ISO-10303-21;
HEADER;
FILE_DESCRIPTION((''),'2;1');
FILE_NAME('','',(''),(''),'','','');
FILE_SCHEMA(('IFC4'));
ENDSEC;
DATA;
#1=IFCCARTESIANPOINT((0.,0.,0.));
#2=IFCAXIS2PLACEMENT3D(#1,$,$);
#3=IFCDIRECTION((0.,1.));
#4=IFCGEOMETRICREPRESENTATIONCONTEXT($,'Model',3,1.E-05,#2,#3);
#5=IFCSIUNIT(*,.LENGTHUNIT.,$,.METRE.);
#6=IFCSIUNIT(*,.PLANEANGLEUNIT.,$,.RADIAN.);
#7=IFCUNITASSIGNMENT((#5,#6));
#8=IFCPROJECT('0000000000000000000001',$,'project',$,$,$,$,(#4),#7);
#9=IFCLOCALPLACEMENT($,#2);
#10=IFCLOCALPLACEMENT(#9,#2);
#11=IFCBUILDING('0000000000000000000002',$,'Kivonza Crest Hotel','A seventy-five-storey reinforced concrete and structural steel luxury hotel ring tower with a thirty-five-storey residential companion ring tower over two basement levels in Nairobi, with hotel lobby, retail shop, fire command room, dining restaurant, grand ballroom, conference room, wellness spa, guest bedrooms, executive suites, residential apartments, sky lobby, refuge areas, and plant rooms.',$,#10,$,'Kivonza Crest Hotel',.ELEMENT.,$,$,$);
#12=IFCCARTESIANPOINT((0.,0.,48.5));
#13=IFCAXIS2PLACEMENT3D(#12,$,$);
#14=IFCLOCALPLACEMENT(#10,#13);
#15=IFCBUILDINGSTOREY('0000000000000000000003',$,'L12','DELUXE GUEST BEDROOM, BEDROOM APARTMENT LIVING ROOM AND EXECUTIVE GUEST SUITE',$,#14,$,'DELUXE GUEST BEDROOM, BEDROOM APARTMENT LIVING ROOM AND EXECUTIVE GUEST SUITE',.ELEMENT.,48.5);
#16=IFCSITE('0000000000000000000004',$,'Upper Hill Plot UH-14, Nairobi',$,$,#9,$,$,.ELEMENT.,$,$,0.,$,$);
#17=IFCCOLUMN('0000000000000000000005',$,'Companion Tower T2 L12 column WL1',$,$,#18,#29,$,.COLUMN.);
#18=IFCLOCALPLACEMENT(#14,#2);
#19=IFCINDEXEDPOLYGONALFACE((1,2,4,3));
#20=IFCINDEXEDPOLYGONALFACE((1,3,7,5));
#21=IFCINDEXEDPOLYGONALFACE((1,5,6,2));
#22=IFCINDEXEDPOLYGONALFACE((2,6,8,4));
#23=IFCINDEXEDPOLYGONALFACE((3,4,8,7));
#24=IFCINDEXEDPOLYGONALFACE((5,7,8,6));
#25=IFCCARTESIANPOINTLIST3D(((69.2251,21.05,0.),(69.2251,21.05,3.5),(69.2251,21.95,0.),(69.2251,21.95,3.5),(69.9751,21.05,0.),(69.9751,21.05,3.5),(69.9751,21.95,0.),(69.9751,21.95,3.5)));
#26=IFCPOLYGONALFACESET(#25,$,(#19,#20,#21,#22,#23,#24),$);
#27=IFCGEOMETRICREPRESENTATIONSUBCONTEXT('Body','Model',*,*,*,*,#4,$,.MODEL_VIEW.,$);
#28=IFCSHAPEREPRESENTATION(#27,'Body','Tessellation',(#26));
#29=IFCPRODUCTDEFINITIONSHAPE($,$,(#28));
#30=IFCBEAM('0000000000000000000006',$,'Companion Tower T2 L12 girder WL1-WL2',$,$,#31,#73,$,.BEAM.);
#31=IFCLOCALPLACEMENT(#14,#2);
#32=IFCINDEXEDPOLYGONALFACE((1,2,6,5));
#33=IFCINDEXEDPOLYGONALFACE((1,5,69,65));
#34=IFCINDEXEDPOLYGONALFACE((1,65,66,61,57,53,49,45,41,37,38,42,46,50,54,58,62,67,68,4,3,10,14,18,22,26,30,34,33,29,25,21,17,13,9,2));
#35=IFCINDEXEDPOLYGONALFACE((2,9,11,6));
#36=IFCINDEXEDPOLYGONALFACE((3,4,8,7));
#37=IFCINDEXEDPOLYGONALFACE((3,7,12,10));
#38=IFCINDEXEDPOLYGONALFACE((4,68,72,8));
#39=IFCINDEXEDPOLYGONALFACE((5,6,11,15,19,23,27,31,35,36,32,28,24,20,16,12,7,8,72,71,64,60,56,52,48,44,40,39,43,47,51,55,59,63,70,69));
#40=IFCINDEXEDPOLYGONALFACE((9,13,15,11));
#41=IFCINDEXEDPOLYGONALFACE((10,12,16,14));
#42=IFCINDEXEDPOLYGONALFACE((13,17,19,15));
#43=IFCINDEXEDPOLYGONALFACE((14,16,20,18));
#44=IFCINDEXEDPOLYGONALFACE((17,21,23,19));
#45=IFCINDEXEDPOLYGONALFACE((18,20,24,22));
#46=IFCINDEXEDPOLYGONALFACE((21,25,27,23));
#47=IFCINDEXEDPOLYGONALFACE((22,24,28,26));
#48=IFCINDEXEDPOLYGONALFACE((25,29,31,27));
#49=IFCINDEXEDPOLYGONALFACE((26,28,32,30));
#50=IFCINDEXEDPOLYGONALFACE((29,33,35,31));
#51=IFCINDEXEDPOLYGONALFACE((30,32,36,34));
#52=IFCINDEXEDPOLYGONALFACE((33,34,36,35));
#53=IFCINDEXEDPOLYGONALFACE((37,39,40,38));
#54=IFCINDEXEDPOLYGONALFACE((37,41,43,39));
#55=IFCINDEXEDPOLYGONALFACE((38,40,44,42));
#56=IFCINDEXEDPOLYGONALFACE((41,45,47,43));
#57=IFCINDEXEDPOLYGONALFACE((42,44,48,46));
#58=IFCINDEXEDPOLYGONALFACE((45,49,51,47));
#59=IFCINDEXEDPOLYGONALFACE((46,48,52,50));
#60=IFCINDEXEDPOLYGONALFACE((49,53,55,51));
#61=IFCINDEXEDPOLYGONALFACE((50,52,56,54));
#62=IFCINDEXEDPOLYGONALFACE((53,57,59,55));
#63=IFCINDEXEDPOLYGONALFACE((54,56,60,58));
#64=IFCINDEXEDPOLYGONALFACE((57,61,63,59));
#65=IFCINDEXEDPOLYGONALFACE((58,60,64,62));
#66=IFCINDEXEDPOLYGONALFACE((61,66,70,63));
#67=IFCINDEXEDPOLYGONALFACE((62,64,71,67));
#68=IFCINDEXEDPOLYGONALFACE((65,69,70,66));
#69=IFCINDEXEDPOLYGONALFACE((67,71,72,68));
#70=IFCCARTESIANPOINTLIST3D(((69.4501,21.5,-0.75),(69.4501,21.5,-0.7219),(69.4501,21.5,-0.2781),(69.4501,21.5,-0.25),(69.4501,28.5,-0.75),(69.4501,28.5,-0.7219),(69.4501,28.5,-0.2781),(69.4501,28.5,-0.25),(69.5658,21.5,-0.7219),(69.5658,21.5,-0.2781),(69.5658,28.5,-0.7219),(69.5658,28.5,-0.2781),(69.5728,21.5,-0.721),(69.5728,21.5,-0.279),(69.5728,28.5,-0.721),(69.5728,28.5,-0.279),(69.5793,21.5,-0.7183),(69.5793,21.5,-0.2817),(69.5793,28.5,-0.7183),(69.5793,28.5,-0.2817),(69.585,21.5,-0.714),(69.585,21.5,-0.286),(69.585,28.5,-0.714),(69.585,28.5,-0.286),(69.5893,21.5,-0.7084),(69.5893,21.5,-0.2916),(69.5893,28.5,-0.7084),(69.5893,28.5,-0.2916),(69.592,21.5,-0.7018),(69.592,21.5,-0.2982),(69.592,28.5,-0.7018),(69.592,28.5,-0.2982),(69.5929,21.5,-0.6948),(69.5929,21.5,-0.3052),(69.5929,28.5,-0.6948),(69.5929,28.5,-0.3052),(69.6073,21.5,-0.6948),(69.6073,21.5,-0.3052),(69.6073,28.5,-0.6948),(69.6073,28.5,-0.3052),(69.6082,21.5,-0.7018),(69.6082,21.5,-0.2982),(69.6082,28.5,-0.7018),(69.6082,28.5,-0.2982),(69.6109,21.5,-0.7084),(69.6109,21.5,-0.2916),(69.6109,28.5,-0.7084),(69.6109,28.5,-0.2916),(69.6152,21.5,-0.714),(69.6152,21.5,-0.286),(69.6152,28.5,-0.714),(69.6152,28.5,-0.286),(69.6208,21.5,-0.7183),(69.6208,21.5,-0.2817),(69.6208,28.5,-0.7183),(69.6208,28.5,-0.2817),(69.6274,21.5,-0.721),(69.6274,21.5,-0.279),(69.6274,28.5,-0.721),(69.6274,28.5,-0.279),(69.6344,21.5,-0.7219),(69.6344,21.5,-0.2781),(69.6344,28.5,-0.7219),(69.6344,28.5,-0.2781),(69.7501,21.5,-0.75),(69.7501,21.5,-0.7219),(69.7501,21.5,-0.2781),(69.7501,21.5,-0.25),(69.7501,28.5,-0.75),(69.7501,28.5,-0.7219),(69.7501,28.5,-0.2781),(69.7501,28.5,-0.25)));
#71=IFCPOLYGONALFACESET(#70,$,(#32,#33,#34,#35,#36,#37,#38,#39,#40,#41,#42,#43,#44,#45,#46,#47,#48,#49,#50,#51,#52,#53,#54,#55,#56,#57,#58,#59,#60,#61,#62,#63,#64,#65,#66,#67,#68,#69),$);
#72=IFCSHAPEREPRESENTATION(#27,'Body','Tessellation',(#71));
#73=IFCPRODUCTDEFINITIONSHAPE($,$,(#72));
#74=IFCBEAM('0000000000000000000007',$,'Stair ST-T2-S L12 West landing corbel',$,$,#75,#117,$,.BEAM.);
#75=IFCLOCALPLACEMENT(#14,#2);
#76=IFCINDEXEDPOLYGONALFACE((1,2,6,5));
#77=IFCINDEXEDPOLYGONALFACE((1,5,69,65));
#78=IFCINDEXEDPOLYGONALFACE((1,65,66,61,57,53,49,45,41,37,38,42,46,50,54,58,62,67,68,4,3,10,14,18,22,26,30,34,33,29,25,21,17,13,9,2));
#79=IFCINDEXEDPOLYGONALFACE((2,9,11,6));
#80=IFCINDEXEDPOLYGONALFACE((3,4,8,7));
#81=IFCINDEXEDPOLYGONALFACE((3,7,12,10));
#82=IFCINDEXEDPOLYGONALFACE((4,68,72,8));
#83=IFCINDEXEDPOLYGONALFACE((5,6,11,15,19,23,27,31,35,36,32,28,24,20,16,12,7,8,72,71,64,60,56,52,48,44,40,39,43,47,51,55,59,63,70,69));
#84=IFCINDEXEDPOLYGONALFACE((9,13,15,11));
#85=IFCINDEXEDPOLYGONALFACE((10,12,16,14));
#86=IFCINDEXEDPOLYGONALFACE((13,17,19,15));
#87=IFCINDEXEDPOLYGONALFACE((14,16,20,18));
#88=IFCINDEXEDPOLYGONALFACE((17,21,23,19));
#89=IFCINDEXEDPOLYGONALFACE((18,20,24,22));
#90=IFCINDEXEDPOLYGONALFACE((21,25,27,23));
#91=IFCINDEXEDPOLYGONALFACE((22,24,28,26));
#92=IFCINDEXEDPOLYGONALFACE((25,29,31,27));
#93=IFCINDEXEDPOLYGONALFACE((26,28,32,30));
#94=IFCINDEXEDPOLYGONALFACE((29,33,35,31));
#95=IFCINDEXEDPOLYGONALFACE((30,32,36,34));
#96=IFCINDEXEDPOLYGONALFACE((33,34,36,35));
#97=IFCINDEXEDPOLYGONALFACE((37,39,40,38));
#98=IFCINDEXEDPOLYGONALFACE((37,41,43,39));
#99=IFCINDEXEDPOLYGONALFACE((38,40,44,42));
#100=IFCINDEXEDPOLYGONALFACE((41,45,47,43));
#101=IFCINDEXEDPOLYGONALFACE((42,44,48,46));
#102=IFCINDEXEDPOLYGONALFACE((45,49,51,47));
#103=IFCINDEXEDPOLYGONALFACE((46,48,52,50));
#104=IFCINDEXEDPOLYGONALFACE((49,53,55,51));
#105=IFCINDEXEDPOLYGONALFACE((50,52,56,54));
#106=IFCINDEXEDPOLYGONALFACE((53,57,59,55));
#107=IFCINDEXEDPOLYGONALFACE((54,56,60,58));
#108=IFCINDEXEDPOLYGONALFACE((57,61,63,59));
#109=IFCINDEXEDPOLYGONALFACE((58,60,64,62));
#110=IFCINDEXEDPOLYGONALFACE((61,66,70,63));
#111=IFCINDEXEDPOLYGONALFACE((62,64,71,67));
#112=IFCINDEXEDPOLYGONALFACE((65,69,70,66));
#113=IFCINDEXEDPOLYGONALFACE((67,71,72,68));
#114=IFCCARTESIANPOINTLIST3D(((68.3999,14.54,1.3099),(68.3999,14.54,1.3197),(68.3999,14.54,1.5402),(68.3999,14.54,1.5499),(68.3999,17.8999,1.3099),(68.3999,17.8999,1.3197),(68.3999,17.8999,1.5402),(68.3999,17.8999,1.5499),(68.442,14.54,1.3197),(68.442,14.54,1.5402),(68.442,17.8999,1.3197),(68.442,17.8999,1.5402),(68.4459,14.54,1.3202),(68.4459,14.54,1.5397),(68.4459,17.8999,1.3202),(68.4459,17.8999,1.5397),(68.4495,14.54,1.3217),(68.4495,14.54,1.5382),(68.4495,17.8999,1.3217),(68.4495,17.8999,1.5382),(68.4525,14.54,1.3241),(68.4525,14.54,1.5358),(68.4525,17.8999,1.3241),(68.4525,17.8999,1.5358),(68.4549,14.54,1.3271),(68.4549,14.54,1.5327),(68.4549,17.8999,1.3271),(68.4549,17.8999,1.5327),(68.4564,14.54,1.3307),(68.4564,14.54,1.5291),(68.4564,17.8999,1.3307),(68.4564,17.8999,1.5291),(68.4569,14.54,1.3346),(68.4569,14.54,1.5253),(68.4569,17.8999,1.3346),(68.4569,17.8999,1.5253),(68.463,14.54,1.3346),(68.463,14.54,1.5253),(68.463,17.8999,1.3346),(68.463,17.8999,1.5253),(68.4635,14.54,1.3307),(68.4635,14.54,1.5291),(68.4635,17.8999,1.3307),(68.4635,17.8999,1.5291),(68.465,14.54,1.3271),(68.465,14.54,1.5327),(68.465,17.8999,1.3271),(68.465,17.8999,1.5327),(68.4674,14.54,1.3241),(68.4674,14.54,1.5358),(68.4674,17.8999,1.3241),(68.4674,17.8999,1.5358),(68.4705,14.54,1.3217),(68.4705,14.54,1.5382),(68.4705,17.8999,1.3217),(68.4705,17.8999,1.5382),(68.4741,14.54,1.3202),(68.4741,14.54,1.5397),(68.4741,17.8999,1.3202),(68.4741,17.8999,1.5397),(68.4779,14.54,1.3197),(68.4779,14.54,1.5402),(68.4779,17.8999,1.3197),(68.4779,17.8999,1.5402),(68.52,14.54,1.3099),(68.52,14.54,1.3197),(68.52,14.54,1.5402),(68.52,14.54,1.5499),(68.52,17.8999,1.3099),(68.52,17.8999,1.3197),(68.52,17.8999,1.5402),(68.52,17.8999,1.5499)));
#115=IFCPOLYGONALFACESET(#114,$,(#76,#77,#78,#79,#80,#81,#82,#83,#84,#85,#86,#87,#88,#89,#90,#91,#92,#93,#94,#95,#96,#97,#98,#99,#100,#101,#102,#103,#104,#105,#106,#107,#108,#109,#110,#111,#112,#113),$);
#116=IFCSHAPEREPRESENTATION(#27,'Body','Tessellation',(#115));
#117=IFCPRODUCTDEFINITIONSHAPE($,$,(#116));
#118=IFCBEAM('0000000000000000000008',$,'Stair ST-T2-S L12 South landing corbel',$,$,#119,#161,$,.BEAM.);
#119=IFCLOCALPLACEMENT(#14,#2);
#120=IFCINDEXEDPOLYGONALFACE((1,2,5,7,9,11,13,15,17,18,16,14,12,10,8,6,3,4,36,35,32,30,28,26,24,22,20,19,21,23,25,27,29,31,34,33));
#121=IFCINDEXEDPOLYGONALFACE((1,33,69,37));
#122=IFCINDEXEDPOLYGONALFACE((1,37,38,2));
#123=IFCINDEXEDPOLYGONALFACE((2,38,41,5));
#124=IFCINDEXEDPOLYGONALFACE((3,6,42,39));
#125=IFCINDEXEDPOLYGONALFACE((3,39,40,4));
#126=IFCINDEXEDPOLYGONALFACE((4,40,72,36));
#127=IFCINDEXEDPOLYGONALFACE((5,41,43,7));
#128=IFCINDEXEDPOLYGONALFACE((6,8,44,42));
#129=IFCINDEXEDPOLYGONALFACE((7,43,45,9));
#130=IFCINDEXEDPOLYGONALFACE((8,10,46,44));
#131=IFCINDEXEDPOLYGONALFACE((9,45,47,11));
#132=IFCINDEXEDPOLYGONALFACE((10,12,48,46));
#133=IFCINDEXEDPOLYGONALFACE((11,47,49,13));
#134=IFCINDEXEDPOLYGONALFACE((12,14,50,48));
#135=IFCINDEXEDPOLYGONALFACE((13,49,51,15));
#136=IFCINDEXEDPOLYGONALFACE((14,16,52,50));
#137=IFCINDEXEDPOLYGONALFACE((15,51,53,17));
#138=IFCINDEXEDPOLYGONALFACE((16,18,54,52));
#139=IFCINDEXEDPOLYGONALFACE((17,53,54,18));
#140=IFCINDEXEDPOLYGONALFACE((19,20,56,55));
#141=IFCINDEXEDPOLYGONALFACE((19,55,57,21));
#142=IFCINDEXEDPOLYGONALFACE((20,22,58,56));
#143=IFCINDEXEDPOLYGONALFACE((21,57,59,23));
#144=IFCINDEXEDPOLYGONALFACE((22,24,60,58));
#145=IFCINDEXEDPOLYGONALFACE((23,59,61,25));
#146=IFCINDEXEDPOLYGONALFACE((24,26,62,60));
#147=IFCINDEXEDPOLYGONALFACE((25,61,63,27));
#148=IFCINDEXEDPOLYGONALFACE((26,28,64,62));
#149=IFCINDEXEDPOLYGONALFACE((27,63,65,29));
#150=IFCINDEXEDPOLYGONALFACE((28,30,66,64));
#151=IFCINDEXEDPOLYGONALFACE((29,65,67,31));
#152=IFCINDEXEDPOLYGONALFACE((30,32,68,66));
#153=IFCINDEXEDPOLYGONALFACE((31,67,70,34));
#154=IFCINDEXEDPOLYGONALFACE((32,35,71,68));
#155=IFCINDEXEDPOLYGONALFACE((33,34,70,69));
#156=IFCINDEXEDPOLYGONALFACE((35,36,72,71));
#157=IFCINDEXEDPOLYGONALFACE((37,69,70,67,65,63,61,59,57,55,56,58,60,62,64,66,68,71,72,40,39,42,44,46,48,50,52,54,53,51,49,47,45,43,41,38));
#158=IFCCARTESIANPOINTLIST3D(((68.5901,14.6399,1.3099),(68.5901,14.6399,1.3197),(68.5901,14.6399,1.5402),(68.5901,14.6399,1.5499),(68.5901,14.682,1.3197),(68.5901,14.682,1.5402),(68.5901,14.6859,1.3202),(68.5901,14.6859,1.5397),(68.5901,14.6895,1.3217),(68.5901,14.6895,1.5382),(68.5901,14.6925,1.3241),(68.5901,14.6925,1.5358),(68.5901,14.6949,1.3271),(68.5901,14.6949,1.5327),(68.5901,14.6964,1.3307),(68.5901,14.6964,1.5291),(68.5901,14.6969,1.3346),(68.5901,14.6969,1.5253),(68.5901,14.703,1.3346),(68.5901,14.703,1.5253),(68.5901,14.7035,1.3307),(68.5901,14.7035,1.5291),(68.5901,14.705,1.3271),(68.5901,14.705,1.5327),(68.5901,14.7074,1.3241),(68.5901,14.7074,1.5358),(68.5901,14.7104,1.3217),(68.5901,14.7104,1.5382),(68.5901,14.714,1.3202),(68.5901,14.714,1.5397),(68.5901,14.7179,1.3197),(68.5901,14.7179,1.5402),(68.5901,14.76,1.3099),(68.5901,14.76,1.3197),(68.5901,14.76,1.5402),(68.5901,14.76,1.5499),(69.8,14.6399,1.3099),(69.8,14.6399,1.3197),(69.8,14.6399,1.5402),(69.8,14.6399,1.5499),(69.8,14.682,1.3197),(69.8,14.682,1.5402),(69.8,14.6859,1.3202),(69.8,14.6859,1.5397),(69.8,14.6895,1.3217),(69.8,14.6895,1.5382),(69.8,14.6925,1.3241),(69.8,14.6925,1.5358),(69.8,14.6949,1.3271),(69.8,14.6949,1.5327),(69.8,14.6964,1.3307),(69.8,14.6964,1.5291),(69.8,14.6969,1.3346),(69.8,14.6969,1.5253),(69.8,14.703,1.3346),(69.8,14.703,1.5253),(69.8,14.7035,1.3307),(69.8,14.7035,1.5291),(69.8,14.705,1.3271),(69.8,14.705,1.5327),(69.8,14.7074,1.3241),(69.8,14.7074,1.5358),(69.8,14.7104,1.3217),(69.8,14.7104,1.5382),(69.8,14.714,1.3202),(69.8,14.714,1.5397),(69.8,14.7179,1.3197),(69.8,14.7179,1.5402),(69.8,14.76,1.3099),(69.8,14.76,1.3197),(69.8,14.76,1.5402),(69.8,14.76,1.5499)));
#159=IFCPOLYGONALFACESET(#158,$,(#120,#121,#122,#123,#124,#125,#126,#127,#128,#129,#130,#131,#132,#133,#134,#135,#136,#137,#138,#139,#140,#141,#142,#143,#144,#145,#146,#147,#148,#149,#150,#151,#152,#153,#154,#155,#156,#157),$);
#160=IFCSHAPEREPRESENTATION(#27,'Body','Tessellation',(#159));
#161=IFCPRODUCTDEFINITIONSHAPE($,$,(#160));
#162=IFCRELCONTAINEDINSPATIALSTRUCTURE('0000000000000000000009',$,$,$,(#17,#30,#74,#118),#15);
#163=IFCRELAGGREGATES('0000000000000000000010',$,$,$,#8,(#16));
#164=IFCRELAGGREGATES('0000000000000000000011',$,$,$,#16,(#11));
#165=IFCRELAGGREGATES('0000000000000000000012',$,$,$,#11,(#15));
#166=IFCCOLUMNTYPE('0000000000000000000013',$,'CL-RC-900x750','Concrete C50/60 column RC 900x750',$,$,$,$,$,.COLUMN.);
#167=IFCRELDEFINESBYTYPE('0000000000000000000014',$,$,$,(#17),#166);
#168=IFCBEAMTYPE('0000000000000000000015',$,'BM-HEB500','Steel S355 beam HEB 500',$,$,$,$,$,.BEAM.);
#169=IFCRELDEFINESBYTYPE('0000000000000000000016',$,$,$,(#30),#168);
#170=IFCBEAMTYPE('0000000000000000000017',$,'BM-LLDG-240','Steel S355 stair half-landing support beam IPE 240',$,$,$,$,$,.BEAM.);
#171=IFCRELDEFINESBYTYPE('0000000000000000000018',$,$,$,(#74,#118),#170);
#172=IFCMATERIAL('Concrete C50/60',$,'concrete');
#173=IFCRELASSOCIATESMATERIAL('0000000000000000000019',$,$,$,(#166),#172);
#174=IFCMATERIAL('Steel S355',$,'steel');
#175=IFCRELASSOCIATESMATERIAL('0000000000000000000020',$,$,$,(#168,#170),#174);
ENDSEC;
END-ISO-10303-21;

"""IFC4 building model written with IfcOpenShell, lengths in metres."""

from ifc_helpers import new_model, si_unit, direction, frame, origin, origin_2d, place, context, subcontext, project, spatial, rectangle, i_section, extrude, material, material_profile, profile_set, type_object, element, save


model = new_model("IFC4")

# Units and contexts
model_context = context("Model", 3, precision=1e-05, world=origin(), true_north=direction((0.0, 1.0)))
body_context = subcontext(model_context, "Body", "Model", "MODEL_VIEW")
ifc_project = project(units=[si_unit("LENGTHUNIT", "METRE"), si_unit("PLANEANGLEUNIT", "RADIAN")], contexts=[model_context])

# Site, building, storey
site_placement = place(None, origin())
site = spatial("IfcSite", under=ifc_project, at=site_placement, Name="Upper Hill Plot UH-14, Nairobi", CompositionType="ELEMENT", RefElevation=0.0)
building_placement = place(site_placement, origin())
building = spatial("IfcBuilding", under=site, at=building_placement, Name="Kivonza Crest Hotel", Description="A seventy-five-storey reinforced concrete and structural steel luxury hotel ring tower with a thirty-five-storey residential companion ring tower over two basement levels in Nairobi, with hotel lobby, retail shop, fire command room, dining restaurant, grand ballroom, conference room, wellness spa, guest bedrooms, executive suites, residential apartments, sky lobby, refuge areas, and plant rooms.", LongName="Kivonza Crest Hotel", CompositionType="ELEMENT")
storey_placement = place(building_placement, frame((0.0, 0.0, 48.5)))
storey = spatial("IfcBuildingStorey", under=building, at=storey_placement, Name="L12", Description="DELUXE GUEST BEDROOM, BEDROOM APARTMENT LIVING ROOM AND EXECUTIVE GUEST SUITE", LongName="DELUXE GUEST BEDROOM, BEDROOM APARTMENT LIVING ROOM AND EXECUTIVE GUEST SUITE", CompositionType="ELEMENT", Elevation=48.5)

# Column
ifc_material_1 = material(Name="Concrete C50/60", Category="concrete")
ifc_material_profile_1 = material_profile(ifc_material_1, rectangle(XDim=0.75, YDim=0.8999, at=origin_2d()), Name="RC 900x750")
ifc_profile_set_1 = profile_set([ifc_material_profile_1], Name="Concrete C50/60")
column_type = type_object("IfcColumnType", Name="CL-RC-900x750", Description="Concrete C50/60 column RC 900x750", PredefinedType="COLUMN", material=ifc_profile_set_1)
column_placement = place(storey_placement, frame((69.6001, 21.5, 0.0), z_axis=(0.0, 0.0, 1.0), x_axis=(1.0, 0.0, 0.0)))
element("IfcColumn", 1, at=column_placement, inside=storey, type_object=column_type, Name="Companion Tower T2 L12 column WL1", PredefinedType="COLUMN", context=body_context, shape_type="SweptSolid", body=[
    extrude(rectangle(XDim=0.75, YDim=0.8999, at=origin_2d()), origin(), (0.0, 0.0, 1.0), 3.5),
])

# Beams
ifc_material_2 = material(Name="Steel S355", Category="steel")
ifc_material_profile_2 = material_profile(ifc_material_2, i_section(OverallWidth=0.3, OverallDepth=0.5, WebThickness=0.0144, FlangeThickness=0.0281, FilletRadius=0.0271, at=origin_2d()), Name="HEB 500")
ifc_profile_set_2 = profile_set([ifc_material_profile_2], Name="Steel S355")
beam_type_1 = type_object("IfcBeamType", Name="BM-HEB500", Description="Steel S355 beam HEB 500", PredefinedType="BEAM", material=ifc_profile_set_2)
beam_1_placement = place(storey_placement, frame((69.6001, 21.5, -0.5), z_axis=(0.0, 1.0, 0.0), x_axis=(-1.0, 0.0, 0.0)))
element("IfcBeam", 2, at=beam_1_placement, inside=storey, type_object=beam_type_1, Name="Companion Tower T2 L12 girder WL1-WL2", PredefinedType="BEAM", context=body_context, shape_type="SweptSolid", body=[
    extrude(i_section(OverallWidth=0.3, OverallDepth=0.5, WebThickness=0.0144, FlangeThickness=0.0281, FilletRadius=0.0271, at=origin_2d()), origin(), (0.0, 0.0, 1.0), 7.0),
])
ifc_material_profile_3 = material_profile(ifc_material_2, i_section(OverallWidth=0.1201, OverallDepth=0.24, WebThickness=0.0061, FlangeThickness=0.0098, FilletRadius=0.0149, at=origin_2d()), Name="IPE 240")
ifc_profile_set_3 = profile_set([ifc_material_profile_3], Name="Steel S355")
beam_type_2 = type_object("IfcBeamType", Name="BM-LLDG-240", Description="Steel S355 stair half-landing support beam IPE 240", PredefinedType="BEAM", material=ifc_profile_set_3)
beam_2_placement = place(storey_placement, frame((68.46, 14.54, 1.4299), z_axis=(0.0, 1.0, 0.0), x_axis=(-1.0, 0.0, 0.0)))
element("IfcBeam", 3, at=beam_2_placement, inside=storey, type_object=beam_type_2, Name="Stair ST-T2-S L12 West landing corbel", PredefinedType="BEAM", context=body_context, shape_type="SweptSolid", body=[
    extrude(i_section(OverallWidth=0.1201, OverallDepth=0.24, WebThickness=0.0061, FlangeThickness=0.0098, FilletRadius=0.0149, at=origin_2d()), origin(), (0.0, 0.0, 1.0), 3.3599),
])
for number, where, z_axis, x_axis, name in (
    (4, (68.5901, 14.7, 1.4299), (1.0, 0.0, 0.0), (0.0, 1.0, 0.0), "Stair ST-T2-S L12 South landing corbel"),
):
    element("IfcBeam", number, at=place(storey_placement, frame(where, z_axis=z_axis, x_axis=x_axis)), inside=storey, type_object=beam_type_2, Name=name, PredefinedType="BEAM", context=body_context, shape_type="SweptSolid", body=[
        extrude(i_section(OverallWidth=0.1201, OverallDepth=0.24, WebThickness=0.0061, FlangeThickness=0.0098, FilletRadius=0.0149, at=origin_2d()), origin(), (0.0, 0.0, 1.0), 1.21),
    ])

save(model, "model.ifc")
